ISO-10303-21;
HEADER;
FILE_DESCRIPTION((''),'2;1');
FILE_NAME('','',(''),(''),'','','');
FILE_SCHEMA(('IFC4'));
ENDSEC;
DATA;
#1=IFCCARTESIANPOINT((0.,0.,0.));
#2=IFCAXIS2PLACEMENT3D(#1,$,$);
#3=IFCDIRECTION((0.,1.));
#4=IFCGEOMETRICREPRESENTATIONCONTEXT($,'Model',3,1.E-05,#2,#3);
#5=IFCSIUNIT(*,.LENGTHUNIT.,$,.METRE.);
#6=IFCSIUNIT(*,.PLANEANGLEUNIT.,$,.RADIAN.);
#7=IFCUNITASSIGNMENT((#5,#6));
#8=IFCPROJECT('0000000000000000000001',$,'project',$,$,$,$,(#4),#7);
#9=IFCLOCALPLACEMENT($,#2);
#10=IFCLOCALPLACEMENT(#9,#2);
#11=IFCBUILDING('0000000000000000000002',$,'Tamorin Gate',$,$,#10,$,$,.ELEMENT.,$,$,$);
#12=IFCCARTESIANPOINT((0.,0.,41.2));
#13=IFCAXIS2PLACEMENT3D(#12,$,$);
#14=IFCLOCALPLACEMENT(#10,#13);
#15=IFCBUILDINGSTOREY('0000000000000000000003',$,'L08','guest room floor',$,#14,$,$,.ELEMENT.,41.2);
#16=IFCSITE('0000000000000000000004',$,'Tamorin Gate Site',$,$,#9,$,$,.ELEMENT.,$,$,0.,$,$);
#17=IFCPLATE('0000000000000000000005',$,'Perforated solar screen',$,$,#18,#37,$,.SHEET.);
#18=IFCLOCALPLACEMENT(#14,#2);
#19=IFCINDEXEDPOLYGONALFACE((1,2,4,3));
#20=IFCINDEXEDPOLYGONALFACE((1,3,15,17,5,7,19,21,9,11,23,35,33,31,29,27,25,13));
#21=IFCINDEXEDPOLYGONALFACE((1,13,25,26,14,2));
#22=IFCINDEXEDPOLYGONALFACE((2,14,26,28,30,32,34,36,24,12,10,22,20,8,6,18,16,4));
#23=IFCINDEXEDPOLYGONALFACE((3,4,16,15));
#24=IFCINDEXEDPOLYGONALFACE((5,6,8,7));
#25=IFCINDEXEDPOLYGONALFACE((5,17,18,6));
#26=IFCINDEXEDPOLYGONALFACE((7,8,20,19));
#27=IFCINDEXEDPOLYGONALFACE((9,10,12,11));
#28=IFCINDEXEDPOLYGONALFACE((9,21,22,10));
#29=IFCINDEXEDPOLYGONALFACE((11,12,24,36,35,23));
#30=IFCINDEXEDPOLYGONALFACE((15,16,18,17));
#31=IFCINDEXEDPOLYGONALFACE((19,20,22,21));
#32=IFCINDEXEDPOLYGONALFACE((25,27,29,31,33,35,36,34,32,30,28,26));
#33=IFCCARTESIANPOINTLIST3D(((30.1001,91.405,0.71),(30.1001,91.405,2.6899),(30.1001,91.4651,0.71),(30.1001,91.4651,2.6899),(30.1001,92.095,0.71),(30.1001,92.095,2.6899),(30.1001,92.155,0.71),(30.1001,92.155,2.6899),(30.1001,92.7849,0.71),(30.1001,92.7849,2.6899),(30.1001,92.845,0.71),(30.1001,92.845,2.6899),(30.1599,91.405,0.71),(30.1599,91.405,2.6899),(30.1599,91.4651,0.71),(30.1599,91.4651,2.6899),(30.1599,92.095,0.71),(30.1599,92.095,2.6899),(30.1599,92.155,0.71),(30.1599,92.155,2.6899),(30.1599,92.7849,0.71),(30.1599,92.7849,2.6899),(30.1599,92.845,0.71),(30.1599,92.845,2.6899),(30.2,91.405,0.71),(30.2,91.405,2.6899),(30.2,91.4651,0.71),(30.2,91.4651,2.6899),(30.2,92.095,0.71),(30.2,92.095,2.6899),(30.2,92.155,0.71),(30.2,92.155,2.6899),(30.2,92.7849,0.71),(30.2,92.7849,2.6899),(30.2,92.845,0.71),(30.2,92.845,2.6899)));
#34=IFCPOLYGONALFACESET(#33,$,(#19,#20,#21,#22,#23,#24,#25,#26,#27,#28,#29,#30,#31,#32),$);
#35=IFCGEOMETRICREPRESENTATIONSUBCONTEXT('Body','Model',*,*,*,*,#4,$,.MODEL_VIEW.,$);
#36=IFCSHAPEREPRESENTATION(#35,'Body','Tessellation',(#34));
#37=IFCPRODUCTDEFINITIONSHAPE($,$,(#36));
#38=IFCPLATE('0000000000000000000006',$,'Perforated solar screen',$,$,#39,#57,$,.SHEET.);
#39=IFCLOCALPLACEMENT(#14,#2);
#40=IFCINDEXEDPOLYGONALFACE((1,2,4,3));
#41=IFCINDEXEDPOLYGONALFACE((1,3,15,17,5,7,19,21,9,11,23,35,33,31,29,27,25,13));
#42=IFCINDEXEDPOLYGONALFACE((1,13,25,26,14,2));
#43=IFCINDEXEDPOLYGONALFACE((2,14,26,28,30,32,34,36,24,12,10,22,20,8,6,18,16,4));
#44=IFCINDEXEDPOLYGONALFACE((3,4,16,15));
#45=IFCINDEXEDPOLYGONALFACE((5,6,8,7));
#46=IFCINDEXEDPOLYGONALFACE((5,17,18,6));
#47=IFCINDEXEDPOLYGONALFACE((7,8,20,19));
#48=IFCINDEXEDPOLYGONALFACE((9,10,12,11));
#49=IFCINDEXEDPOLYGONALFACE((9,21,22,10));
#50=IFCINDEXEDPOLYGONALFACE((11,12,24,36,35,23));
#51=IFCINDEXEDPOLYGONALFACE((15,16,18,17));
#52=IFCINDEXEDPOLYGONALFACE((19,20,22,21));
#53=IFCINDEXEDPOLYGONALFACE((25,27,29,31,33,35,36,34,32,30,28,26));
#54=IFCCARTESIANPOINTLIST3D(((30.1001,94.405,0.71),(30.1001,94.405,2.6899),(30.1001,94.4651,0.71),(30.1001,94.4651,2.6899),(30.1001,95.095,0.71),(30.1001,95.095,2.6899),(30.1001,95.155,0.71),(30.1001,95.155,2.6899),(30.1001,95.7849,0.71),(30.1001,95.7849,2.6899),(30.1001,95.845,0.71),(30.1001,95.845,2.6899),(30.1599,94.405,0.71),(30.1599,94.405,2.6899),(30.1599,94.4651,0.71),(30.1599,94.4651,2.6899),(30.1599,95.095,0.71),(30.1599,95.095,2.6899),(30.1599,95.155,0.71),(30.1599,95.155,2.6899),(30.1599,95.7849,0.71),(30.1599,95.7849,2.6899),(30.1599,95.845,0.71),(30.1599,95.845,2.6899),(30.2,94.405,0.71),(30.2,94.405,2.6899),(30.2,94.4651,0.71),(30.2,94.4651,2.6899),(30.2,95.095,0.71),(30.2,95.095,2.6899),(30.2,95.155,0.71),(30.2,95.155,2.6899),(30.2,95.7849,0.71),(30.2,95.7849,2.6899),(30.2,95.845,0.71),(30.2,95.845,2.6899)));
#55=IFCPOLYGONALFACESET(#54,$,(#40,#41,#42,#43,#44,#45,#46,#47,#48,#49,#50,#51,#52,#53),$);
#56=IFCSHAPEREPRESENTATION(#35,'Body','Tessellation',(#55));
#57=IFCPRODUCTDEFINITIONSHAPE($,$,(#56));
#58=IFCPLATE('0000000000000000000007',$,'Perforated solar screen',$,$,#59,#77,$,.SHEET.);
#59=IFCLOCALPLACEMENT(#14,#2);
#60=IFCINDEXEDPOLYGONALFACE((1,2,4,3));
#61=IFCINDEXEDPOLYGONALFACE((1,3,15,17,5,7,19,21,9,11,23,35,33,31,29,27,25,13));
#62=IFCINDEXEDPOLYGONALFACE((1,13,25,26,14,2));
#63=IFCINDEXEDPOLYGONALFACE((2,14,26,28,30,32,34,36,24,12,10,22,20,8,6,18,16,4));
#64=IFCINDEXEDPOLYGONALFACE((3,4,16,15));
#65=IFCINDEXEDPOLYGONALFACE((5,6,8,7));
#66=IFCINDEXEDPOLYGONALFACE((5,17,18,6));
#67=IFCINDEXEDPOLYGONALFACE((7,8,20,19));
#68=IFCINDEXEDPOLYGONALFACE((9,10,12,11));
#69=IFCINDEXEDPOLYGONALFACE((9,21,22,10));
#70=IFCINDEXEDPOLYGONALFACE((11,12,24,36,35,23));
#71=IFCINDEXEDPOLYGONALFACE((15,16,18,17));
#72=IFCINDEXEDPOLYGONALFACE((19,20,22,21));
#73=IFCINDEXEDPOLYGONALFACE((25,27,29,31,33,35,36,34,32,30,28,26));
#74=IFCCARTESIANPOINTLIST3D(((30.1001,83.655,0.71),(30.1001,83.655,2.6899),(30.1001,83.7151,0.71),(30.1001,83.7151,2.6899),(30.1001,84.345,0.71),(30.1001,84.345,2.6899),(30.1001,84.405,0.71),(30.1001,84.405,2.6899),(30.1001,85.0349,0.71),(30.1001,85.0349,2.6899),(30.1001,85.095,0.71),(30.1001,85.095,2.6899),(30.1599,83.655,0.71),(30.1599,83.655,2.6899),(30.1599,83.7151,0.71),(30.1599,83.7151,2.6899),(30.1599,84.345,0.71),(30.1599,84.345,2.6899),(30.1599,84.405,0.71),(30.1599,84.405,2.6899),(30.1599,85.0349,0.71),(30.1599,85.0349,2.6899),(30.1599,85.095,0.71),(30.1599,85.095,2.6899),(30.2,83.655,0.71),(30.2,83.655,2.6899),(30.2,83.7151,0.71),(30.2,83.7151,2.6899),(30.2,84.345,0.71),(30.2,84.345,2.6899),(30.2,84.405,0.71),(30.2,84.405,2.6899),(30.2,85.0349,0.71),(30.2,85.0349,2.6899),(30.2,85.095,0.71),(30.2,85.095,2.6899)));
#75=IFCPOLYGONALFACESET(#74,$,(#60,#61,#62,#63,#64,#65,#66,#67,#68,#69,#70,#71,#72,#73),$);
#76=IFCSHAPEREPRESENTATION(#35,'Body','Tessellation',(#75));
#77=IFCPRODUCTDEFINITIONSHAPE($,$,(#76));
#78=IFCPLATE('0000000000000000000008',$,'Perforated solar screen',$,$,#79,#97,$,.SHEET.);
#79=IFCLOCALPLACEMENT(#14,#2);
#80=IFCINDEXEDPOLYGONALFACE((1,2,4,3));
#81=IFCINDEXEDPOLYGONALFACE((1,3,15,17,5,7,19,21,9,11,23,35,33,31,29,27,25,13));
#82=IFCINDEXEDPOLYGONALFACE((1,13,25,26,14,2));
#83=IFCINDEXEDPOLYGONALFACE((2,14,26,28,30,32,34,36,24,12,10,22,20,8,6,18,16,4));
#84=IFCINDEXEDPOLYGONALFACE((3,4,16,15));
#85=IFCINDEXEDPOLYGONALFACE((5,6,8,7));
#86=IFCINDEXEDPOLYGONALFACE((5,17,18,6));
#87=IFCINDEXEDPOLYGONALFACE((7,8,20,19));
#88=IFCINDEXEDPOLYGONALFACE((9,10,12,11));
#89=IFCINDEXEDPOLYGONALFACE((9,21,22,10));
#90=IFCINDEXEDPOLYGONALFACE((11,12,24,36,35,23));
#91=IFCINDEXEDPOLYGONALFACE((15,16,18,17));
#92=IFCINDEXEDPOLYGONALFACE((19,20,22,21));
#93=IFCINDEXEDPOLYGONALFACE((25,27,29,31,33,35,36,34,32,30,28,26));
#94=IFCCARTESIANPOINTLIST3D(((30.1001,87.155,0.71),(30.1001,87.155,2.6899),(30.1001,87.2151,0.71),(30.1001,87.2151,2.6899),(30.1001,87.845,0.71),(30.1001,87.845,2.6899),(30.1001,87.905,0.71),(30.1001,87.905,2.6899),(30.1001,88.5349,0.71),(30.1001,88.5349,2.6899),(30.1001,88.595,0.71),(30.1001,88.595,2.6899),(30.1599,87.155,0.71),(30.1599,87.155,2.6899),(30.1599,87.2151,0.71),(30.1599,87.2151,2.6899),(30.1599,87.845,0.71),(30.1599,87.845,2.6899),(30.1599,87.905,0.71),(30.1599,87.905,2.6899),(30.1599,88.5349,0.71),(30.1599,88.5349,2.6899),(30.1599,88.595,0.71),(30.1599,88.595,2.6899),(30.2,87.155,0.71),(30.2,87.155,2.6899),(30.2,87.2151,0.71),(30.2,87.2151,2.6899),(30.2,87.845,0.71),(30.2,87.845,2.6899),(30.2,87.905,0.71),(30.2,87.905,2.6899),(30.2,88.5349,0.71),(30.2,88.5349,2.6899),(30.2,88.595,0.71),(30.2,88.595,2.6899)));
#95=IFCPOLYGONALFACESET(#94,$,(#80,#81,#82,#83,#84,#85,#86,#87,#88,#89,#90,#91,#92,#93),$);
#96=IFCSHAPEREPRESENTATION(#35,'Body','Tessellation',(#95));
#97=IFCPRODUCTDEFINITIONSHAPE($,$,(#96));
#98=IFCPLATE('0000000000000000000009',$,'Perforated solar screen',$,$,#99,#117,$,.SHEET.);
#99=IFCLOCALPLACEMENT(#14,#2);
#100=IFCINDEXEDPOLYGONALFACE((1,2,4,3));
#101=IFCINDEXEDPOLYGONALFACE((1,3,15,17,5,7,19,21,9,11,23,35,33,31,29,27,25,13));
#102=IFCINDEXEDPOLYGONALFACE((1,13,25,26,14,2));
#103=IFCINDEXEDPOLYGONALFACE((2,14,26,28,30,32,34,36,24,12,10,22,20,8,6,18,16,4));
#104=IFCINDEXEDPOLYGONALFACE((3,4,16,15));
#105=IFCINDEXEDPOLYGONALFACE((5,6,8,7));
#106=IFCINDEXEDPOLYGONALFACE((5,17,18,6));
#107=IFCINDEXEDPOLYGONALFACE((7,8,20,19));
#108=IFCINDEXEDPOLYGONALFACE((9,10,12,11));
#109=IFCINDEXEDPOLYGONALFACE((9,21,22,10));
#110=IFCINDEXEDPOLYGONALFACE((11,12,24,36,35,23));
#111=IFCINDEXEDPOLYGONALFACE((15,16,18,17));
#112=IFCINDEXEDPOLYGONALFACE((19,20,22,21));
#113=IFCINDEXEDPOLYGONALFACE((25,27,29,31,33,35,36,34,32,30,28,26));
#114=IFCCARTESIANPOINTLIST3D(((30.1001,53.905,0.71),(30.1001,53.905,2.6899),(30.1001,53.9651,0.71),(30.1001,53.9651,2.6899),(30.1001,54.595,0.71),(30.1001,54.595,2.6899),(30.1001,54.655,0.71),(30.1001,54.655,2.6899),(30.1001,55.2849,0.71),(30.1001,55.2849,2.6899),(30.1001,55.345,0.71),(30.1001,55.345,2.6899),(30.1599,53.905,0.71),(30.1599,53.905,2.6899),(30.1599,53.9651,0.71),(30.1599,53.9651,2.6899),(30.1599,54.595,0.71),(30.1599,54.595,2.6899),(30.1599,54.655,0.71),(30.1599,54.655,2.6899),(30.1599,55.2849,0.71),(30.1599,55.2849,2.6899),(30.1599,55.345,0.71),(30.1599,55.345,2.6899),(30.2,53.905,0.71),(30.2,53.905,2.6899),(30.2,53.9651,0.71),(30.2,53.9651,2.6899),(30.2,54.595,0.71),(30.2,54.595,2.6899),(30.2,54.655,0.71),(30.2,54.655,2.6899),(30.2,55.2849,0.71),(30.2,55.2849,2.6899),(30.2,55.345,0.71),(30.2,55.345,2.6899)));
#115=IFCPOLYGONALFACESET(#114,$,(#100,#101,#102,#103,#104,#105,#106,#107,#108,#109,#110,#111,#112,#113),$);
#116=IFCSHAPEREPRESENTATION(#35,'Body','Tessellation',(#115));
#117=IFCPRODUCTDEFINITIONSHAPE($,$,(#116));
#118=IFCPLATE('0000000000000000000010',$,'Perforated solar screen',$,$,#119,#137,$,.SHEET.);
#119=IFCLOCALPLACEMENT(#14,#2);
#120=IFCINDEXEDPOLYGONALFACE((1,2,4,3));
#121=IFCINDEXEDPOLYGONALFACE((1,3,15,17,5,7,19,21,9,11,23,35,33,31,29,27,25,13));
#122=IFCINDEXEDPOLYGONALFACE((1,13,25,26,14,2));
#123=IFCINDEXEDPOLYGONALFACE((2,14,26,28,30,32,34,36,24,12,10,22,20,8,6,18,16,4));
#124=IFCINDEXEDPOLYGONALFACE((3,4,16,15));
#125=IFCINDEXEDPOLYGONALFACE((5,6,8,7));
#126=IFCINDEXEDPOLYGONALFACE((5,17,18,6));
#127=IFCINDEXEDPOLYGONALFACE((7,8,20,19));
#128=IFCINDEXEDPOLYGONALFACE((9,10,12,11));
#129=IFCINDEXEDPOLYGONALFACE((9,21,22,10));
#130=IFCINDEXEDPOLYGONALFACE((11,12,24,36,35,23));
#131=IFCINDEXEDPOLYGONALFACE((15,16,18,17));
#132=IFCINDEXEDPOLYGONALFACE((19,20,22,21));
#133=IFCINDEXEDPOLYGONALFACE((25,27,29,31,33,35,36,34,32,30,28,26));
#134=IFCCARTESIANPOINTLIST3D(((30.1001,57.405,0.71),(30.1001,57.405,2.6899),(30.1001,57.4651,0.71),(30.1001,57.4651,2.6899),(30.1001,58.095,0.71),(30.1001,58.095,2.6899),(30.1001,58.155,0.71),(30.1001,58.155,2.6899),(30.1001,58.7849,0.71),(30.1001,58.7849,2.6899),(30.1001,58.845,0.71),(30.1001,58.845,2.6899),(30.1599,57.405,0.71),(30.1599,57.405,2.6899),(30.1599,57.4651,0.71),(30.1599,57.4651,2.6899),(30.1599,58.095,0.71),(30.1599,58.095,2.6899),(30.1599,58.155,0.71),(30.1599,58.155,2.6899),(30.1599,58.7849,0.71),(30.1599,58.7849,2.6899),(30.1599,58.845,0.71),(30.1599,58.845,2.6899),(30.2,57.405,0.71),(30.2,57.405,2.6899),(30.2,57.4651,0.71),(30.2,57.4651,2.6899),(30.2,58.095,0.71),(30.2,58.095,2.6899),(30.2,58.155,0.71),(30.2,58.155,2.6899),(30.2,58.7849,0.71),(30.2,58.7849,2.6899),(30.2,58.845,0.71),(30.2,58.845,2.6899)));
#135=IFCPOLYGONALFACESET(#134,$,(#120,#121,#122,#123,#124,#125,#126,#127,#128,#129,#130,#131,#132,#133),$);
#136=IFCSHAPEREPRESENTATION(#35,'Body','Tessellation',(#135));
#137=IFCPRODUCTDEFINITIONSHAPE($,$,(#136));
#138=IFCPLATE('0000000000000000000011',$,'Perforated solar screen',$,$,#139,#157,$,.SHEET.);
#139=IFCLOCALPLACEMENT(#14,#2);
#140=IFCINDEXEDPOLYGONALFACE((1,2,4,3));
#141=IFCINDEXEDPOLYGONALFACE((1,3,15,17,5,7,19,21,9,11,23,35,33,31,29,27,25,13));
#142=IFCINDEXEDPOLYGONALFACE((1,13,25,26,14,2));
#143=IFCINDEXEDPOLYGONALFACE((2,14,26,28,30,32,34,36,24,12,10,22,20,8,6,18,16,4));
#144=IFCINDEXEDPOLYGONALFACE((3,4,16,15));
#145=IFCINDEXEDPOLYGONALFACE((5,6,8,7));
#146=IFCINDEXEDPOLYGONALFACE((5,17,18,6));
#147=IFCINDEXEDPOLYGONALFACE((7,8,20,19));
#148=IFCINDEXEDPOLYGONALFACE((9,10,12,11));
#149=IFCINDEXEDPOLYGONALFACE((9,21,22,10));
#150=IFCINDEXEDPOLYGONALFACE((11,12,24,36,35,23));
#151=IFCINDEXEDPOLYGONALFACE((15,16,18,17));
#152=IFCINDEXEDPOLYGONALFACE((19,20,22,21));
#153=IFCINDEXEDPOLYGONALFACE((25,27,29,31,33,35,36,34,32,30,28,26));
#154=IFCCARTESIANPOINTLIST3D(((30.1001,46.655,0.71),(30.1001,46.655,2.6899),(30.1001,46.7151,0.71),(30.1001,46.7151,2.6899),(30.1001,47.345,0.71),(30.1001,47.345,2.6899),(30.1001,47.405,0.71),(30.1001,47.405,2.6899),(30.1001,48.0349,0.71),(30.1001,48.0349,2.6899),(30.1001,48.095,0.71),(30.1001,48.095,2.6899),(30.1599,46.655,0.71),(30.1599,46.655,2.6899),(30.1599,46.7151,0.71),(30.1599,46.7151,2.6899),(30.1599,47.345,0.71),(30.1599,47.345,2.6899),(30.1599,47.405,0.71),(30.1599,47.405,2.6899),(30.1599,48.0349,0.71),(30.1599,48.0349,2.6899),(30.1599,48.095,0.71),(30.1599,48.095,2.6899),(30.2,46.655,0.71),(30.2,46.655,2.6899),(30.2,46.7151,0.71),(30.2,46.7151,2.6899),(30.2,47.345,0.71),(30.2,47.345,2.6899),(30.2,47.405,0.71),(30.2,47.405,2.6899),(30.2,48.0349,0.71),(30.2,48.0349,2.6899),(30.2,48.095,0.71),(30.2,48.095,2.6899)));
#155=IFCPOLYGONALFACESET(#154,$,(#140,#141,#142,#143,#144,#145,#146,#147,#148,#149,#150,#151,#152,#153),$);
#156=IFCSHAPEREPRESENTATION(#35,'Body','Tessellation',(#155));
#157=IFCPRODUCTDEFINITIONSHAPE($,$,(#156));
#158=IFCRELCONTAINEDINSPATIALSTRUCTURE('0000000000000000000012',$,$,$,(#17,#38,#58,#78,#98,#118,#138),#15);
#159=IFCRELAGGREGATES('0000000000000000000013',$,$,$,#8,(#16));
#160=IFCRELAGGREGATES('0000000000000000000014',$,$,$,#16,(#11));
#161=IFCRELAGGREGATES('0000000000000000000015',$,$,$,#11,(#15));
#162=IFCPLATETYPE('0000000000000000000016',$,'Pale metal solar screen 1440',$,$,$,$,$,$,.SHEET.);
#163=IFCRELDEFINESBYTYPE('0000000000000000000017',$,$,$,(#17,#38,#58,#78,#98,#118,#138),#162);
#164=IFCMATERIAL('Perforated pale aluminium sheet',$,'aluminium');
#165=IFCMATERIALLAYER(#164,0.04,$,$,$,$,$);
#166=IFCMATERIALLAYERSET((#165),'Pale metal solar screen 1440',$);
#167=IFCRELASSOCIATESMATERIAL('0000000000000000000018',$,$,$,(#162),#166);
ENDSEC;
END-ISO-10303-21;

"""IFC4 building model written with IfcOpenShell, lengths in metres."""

from ifc_helpers import new_model, si_unit, direction, frame, origin, place, context, subcontext, project, spatial, polyline, outline, extrude, material, layer, layer_set, type_object, element, save


model = new_model("IFC4")

# Units and contexts
model_context = context("Model", 3, precision=1e-05, world=origin(), true_north=direction((0.0, 1.0)))
body_context = subcontext(model_context, "Body", "Model", "MODEL_VIEW")
ifc_project = project(units=[si_unit("LENGTHUNIT", "METRE"), si_unit("PLANEANGLEUNIT", "RADIAN")], contexts=[model_context])

# Site, building, storey
site_placement = place(None, origin())
site = spatial("IfcSite", under=ifc_project, at=site_placement, Name="Tamorin Gate Site", CompositionType="ELEMENT", RefElevation=0.0)
building_placement = place(site_placement, origin())
building = spatial("IfcBuilding", under=site, at=building_placement, Name="Tamorin Gate", CompositionType="ELEMENT")
storey_placement = place(building_placement, frame((0.0, 0.0, 41.2)))
storey = spatial("IfcBuildingStorey", under=building, at=storey_placement, Name="L08", Description="guest room floor", CompositionType="ELEMENT", Elevation=41.2)

# Plates
ifc_material_1 = material(Name="Perforated pale aluminium sheet", Category="aluminium")
ifc_layer_1 = layer(ifc_material_1, 0.04)
ifc_layer_set_1 = layer_set([ifc_layer_1], Name="Pale metal solar screen 1440")
plate_type = type_object("IfcPlateType", Name="Pale metal solar screen 1440", PredefinedType="SHEET", material=ifc_layer_set_1)
plate_1_placement = place(storey_placement, frame((0.0, 0.0, 0.71)))
element("IfcPlate", 1, at=plate_1_placement, inside=storey, type_object=plate_type, Name="Perforated solar screen", PredefinedType="SHEET", context=body_context, shape_type="SweptSolid", body=[
    extrude(outline(polyline([(30.1599, 92.845), (30.2, 92.845), (30.2, 92.7849), (30.2, 92.155), (30.2, 92.095), (30.2, 91.4651), (30.2, 91.405), (30.1599, 91.405), (30.1001, 91.405), (30.1001, 91.4651), (30.1599, 91.4651), (30.1599, 92.095), (30.1001, 92.095), (30.1001, 92.155), (30.1599, 92.155), (30.1599, 92.7849), (30.1001, 92.7849), (30.1001, 92.845), (30.1599, 92.845)])), origin(), (0.0, 0.0, 1.0), 1.98),
])
plate_2_placement = place(storey_placement, frame((0.0, 0.0, 0.71)))
element("IfcPlate", 2, at=plate_2_placement, inside=storey, type_object=plate_type, Name="Perforated solar screen", PredefinedType="SHEET", context=body_context, shape_type="SweptSolid", body=[
    extrude(outline(polyline([(30.1599, 95.845), (30.2, 95.845), (30.2, 95.7849), (30.2, 95.155), (30.2, 95.095), (30.2, 94.4651), (30.2, 94.405), (30.2, 94.405), (30.1599, 94.405), (30.1599, 94.405), (30.1001, 94.405), (30.1001, 94.4651), (30.1599, 94.4651), (30.1599, 95.095), (30.1001, 95.095), (30.1001, 95.155), (30.1599, 95.155), (30.1599, 95.7849), (30.1001, 95.7849), (30.1001, 95.845), (30.1599, 95.845)])), origin(), (0.0, 0.0, 1.0), 1.98),
])
plate_3_placement = place(storey_placement, frame((0.0, 0.0, 0.71)))
element("IfcPlate", 3, at=plate_3_placement, inside=storey, type_object=plate_type, Name="Perforated solar screen", PredefinedType="SHEET", context=body_context, shape_type="SweptSolid", body=[
    extrude(outline(polyline([(30.1599, 85.095), (30.2, 85.095), (30.2, 85.0349), (30.2, 84.405), (30.2, 84.345), (30.2, 83.7151), (30.2, 83.655), (30.1599, 83.655), (30.1001, 83.655), (30.1001, 83.7151), (30.1599, 83.7151), (30.1599, 84.345), (30.1001, 84.345), (30.1001, 84.405), (30.1599, 84.405), (30.1599, 85.0349), (30.1001, 85.0349), (30.1001, 85.095), (30.1599, 85.095)])), origin(), (0.0, 0.0, 1.0), 1.98),
])
plate_4_placement = place(storey_placement, frame((0.0, 0.0, 0.71)))
element("IfcPlate", 4, at=plate_4_placement, inside=storey, type_object=plate_type, Name="Perforated solar screen", PredefinedType="SHEET", context=body_context, shape_type="SweptSolid", body=[
    extrude(outline(polyline([(30.1599, 88.595), (30.2, 88.595), (30.2, 88.5349), (30.2, 87.905), (30.2, 87.845), (30.2, 87.2151), (30.2, 87.155), (30.1599, 87.155), (30.1001, 87.155), (30.1001, 87.2151), (30.1599, 87.2151), (30.1599, 87.845), (30.1001, 87.845), (30.1001, 87.905), (30.1599, 87.905), (30.1599, 88.5349), (30.1001, 88.5349), (30.1001, 88.595), (30.1599, 88.595)])), origin(), (0.0, 0.0, 1.0), 1.98),
])
plate_5_placement = place(storey_placement, frame((0.0, 0.0, 0.71)))
element("IfcPlate", 5, at=plate_5_placement, inside=storey, type_object=plate_type, Name="Perforated solar screen", PredefinedType="SHEET", context=body_context, shape_type="SweptSolid", body=[
    extrude(outline(polyline([(30.1599, 55.345), (30.2, 55.345), (30.2, 55.2849), (30.2, 54.655), (30.2, 54.595), (30.2, 53.9651), (30.2, 53.905), (30.1599, 53.905), (30.1001, 53.905), (30.1001, 53.9651), (30.1599, 53.9651), (30.1599, 54.595), (30.1001, 54.595), (30.1001, 54.655), (30.1599, 54.655), (30.1599, 55.2849), (30.1001, 55.2849), (30.1001, 55.345), (30.1599, 55.345)])), origin(), (0.0, 0.0, 1.0), 1.98),
])
plate_6_placement = place(storey_placement, frame((0.0, 0.0, 0.71)))
element("IfcPlate", 6, at=plate_6_placement, inside=storey, type_object=plate_type, Name="Perforated solar screen", PredefinedType="SHEET", context=body_context, shape_type="SweptSolid", body=[
    extrude(outline(polyline([(30.1599, 58.845), (30.2, 58.845), (30.2, 58.7849), (30.2, 58.155), (30.2, 58.095), (30.2, 57.4651), (30.2, 57.405), (30.1599, 57.405), (30.1001, 57.405), (30.1001, 57.4651), (30.1599, 57.4651), (30.1599, 58.095), (30.1001, 58.095), (30.1001, 58.155), (30.1599, 58.155), (30.1599, 58.7849), (30.1001, 58.7849), (30.1001, 58.845), (30.1599, 58.845)])), origin(), (0.0, 0.0, 1.0), 1.98),
])
plate_7_placement = place(storey_placement, frame((0.0, 0.0, 0.71)))
element("IfcPlate", 7, at=plate_7_placement, inside=storey, type_object=plate_type, Name="Perforated solar screen", PredefinedType="SHEET", context=body_context, shape_type="SweptSolid", body=[
    extrude(outline(polyline([(30.1599, 48.095), (30.2, 48.095), (30.2, 48.0349), (30.2, 47.405), (30.2, 47.345), (30.2, 46.7151), (30.2, 46.655), (30.1599, 46.655), (30.1001, 46.655), (30.1001, 46.7151), (30.1599, 46.7151), (30.1599, 47.345), (30.1001, 47.345), (30.1001, 47.405), (30.1599, 47.405), (30.1599, 48.0349), (30.1001, 48.0349), (30.1001, 48.095), (30.1599, 48.095)])), origin(), (0.0, 0.0, 1.0), 1.98),
])

save(model, "model.ifc")
